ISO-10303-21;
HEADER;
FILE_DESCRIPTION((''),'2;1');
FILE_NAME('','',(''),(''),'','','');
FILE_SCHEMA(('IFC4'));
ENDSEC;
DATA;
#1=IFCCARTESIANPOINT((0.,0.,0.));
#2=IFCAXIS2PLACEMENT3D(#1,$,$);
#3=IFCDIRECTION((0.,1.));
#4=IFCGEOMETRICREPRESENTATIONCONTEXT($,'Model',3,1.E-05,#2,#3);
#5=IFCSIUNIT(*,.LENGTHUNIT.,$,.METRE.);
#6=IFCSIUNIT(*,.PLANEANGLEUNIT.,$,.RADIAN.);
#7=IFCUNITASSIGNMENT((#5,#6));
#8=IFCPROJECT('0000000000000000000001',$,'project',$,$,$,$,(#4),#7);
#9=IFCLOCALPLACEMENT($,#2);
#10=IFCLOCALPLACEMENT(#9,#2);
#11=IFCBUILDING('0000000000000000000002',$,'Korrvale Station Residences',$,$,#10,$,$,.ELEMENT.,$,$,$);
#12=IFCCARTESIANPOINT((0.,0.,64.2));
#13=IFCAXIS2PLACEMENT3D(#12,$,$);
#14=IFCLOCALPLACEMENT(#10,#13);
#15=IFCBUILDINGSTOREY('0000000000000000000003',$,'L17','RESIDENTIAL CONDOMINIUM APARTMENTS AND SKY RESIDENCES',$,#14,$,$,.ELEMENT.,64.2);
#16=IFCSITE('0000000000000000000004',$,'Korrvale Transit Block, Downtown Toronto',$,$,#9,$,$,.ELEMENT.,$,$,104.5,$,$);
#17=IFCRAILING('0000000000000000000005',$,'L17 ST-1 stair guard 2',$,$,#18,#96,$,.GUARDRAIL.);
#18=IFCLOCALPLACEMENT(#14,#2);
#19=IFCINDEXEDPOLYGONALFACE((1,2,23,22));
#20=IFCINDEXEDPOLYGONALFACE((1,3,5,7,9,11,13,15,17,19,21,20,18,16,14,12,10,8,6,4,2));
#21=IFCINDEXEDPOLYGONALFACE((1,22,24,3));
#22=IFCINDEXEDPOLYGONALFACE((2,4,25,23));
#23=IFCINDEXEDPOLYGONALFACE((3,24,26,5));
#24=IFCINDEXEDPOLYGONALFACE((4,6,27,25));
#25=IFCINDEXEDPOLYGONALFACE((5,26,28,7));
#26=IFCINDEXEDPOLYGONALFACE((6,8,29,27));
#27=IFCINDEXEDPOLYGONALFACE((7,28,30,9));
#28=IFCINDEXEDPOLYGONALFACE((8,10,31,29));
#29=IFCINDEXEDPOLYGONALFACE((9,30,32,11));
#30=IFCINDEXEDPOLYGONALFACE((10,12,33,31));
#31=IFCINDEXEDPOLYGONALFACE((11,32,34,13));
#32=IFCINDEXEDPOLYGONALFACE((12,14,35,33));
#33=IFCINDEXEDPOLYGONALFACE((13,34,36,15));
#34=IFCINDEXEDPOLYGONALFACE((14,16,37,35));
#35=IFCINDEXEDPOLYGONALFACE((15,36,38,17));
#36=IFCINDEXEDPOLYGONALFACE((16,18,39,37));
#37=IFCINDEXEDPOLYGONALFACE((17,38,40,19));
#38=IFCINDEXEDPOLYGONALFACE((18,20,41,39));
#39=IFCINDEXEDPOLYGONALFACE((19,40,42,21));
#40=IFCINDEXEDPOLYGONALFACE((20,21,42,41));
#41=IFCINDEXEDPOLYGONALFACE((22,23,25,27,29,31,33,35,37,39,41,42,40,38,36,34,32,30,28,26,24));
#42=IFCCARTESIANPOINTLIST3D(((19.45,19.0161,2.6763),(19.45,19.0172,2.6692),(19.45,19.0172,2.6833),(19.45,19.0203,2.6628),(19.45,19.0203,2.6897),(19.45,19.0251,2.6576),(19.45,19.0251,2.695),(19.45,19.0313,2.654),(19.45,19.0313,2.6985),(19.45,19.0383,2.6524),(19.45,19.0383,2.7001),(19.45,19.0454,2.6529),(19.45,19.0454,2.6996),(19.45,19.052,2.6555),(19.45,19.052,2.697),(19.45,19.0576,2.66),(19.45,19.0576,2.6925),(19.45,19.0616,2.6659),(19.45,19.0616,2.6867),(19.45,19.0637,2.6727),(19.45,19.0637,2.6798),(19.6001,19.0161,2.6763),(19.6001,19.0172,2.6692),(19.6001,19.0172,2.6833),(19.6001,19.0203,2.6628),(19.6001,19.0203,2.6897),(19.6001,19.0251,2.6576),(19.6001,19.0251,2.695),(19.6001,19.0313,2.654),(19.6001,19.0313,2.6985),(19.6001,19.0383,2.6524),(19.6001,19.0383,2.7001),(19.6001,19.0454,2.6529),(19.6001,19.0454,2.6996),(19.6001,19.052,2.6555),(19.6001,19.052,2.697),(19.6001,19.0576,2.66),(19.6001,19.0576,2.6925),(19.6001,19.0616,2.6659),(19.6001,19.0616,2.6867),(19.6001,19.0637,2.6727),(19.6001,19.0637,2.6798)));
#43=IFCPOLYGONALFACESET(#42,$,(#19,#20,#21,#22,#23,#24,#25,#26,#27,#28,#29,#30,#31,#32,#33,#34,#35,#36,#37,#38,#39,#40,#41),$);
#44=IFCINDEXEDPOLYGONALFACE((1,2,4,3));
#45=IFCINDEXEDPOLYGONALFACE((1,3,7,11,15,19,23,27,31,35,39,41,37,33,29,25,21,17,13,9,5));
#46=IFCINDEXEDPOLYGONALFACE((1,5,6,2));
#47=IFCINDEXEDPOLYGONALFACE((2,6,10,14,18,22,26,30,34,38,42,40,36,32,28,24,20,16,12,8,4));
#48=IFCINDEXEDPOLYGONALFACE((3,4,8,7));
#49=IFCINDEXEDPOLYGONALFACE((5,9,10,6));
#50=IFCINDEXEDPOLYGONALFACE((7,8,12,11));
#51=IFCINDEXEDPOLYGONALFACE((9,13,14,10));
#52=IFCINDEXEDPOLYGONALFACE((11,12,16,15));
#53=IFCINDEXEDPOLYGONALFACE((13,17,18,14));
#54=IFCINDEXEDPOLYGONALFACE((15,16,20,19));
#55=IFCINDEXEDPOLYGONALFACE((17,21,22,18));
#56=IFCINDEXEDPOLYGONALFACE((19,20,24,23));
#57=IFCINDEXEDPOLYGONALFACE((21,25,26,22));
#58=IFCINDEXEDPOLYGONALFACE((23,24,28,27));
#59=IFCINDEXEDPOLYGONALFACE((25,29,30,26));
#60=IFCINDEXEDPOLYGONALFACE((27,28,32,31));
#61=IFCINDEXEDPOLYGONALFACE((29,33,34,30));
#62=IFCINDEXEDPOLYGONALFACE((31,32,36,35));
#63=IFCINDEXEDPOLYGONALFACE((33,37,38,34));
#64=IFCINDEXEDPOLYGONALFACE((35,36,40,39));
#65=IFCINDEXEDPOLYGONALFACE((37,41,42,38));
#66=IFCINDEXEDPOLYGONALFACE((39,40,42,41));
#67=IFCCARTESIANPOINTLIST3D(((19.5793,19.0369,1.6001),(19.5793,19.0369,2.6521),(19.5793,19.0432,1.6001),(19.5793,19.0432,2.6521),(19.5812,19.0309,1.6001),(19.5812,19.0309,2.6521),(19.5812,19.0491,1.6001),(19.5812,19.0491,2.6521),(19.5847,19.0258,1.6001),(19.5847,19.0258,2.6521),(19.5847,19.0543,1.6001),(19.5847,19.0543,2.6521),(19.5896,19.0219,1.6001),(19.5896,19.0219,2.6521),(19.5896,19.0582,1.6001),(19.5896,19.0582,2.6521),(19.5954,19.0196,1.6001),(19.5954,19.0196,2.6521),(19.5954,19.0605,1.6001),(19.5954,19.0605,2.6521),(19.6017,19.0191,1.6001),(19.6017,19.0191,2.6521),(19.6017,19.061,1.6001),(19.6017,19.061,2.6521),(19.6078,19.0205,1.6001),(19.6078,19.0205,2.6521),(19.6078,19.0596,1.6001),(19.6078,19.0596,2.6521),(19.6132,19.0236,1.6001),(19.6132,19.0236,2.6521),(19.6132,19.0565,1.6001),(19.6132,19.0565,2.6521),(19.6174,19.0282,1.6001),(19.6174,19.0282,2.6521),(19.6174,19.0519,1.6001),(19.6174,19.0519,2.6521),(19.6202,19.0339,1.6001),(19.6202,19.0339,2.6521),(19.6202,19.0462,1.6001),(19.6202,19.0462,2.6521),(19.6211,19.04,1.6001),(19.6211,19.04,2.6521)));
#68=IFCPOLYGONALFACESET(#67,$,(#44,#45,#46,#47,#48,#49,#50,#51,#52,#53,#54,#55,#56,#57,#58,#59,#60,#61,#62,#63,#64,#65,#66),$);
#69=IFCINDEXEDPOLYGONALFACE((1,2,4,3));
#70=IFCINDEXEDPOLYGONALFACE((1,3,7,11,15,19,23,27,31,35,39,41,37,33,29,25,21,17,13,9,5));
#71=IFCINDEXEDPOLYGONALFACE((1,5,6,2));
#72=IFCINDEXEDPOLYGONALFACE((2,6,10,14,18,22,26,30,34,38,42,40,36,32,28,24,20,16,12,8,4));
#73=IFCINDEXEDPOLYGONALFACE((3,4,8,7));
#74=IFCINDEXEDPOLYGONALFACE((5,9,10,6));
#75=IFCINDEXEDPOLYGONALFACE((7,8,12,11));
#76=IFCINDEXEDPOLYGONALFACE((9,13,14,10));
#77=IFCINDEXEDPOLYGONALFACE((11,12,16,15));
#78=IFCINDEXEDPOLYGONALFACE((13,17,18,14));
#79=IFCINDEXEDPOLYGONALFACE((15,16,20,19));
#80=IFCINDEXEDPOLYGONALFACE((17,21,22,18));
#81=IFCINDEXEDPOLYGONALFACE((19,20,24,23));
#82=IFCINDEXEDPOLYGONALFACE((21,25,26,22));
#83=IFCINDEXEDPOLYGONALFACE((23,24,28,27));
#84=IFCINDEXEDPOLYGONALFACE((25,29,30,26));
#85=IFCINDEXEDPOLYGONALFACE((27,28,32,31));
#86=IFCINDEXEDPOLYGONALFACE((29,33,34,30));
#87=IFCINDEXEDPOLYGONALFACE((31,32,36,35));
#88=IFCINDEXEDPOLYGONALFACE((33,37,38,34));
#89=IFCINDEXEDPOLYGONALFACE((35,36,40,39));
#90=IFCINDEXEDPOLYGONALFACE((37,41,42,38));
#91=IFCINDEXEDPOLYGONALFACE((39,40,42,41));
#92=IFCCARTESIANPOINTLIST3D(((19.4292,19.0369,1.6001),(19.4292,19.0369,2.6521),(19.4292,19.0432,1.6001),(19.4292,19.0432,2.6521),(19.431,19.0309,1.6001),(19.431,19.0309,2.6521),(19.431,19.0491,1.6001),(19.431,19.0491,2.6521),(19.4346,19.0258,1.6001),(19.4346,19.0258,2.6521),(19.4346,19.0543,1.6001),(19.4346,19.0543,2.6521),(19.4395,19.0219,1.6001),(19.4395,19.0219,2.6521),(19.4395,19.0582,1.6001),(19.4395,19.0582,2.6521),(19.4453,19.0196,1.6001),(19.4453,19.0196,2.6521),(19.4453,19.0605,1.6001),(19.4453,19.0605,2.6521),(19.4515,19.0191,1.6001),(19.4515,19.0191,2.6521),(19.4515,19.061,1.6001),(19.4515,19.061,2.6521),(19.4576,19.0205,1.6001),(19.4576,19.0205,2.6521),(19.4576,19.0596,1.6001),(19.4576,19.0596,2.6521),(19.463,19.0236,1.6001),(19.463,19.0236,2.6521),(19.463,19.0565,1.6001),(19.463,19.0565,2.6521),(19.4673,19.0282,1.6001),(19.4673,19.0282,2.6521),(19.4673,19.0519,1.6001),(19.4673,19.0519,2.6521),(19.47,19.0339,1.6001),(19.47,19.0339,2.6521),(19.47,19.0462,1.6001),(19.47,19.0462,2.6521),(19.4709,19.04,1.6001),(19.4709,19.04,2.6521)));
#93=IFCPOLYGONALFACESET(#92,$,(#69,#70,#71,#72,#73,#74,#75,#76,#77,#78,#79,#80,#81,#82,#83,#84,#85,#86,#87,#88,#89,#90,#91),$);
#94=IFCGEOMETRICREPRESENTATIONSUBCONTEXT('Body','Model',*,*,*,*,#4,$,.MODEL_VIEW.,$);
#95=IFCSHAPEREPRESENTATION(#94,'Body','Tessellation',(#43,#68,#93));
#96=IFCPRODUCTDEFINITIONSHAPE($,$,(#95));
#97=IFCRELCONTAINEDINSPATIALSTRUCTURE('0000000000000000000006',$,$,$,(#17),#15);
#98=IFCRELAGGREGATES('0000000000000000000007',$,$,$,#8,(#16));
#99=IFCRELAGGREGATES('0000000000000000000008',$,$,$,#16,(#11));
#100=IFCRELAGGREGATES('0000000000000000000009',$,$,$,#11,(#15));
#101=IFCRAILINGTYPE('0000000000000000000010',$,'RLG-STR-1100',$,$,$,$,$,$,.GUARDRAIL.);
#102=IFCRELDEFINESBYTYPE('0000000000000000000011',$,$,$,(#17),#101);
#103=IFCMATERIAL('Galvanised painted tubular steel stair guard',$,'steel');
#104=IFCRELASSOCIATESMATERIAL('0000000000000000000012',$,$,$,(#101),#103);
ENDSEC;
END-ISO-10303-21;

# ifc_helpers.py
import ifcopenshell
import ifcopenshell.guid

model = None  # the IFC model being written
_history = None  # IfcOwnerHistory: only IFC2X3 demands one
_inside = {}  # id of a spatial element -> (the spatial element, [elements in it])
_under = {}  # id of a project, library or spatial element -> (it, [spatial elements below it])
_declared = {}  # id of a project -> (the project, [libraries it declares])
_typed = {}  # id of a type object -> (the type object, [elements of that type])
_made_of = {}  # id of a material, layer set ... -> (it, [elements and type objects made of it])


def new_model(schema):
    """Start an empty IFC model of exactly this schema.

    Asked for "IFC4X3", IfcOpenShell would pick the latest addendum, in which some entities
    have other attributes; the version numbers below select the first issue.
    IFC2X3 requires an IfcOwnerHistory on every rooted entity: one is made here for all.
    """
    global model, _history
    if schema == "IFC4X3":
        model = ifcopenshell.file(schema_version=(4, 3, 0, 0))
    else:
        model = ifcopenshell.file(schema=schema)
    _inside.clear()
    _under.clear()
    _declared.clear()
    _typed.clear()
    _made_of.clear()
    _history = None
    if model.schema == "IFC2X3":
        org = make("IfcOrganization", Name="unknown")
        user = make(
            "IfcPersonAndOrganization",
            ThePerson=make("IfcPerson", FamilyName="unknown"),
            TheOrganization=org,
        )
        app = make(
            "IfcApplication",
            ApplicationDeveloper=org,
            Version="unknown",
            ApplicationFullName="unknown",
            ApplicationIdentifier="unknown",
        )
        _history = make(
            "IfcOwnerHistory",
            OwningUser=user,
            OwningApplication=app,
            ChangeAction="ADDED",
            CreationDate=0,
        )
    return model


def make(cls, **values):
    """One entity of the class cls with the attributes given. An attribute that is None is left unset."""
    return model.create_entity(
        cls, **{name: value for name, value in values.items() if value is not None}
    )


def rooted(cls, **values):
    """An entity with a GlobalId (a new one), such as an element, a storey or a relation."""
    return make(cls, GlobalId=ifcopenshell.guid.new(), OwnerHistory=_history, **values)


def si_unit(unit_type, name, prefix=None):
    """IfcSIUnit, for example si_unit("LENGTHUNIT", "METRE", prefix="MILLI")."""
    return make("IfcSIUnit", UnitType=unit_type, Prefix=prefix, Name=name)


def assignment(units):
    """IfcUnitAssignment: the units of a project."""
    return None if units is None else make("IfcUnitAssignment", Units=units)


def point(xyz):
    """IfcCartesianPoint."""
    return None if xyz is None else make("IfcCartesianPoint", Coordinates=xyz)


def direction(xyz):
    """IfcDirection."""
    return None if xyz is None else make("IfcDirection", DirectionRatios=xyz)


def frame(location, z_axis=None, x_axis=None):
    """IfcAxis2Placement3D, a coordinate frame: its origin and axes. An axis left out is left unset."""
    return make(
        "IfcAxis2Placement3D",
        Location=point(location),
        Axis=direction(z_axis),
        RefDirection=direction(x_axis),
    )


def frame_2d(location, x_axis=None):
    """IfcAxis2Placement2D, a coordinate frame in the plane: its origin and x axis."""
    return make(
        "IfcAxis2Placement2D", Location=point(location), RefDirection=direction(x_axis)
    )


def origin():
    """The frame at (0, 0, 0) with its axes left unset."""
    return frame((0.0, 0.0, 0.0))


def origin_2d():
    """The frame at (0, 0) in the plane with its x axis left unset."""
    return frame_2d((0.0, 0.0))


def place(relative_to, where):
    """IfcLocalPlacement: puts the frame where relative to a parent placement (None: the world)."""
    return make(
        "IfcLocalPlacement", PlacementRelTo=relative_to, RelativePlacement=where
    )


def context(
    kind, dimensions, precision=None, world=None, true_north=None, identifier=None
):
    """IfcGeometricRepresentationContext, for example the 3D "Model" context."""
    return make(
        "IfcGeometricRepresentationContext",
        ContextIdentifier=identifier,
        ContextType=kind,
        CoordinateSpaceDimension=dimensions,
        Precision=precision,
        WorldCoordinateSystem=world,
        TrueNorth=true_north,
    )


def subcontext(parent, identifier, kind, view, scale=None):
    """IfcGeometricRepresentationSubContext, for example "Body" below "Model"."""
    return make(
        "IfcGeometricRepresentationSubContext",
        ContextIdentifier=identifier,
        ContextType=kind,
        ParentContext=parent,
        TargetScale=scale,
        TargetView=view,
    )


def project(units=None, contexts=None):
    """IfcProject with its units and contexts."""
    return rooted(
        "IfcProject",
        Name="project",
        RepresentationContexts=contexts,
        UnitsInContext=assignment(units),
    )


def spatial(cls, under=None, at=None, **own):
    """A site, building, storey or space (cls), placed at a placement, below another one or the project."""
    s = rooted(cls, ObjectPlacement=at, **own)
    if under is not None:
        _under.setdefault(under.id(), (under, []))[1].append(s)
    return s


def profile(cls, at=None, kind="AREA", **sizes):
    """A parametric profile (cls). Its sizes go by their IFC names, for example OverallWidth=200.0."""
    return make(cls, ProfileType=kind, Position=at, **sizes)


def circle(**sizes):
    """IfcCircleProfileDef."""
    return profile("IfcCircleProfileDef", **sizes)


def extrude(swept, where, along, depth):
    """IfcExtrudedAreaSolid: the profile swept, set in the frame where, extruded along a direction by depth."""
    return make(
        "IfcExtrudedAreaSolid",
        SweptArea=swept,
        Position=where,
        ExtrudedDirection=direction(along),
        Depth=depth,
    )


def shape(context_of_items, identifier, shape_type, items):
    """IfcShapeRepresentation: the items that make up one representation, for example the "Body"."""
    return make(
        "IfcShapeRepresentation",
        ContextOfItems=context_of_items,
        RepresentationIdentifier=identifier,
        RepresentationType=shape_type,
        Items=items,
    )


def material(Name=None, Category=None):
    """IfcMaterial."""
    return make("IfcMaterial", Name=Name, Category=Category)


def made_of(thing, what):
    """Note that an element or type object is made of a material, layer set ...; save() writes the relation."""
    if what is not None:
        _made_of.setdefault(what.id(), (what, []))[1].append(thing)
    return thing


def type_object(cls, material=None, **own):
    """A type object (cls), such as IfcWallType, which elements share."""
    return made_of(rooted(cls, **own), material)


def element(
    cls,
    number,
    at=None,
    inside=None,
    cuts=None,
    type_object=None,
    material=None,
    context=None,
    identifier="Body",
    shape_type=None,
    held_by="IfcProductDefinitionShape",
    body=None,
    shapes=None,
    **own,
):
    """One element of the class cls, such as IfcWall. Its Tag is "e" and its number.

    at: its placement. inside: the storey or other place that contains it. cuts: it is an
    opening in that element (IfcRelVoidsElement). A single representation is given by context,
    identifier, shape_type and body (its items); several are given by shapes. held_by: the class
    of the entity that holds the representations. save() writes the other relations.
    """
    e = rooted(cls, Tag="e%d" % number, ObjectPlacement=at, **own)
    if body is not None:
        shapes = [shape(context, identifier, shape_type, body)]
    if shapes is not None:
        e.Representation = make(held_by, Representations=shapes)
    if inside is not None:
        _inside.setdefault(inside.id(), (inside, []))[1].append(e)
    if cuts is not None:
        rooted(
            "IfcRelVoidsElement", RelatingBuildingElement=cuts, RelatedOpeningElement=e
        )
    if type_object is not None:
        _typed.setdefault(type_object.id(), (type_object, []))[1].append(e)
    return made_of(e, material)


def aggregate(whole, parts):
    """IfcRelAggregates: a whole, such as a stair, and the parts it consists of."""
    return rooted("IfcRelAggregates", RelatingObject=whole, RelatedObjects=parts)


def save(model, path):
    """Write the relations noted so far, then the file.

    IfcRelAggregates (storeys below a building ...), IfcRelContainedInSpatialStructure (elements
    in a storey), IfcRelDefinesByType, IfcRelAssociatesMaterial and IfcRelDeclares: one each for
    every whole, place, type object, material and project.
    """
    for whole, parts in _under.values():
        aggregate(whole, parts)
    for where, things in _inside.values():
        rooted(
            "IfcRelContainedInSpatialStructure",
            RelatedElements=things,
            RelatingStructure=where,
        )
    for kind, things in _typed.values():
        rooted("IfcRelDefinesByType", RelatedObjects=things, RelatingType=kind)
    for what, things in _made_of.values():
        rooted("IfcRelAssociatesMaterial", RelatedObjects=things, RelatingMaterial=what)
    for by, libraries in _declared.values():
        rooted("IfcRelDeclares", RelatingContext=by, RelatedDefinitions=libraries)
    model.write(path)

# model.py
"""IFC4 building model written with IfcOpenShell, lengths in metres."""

from ifc_helpers import new_model, si_unit, direction, frame, origin, origin_2d, place, context, subcontext, project, spatial, circle, extrude, material, type_object, element, save


model = new_model("IFC4")

# Units and contexts
model_context = context("Model", 3, precision=1e-05, world=origin(), true_north=direction((0.0, 1.0)))
body_context = subcontext(model_context, "Body", "Model", "MODEL_VIEW")
ifc_project = project(units=[si_unit("LENGTHUNIT", "METRE"), si_unit("PLANEANGLEUNIT", "RADIAN")], contexts=[model_context])

# Site, building, storey
site_placement = place(None, origin())
site = spatial("IfcSite", under=ifc_project, at=site_placement, Name="Korrvale Transit Block, Downtown Toronto", CompositionType="ELEMENT", RefElevation=104.5)
building_placement = place(site_placement, origin())
building = spatial("IfcBuilding", under=site, at=building_placement, Name="Korrvale Station Residences", CompositionType="ELEMENT")
storey_placement = place(building_placement, frame((0.0, 0.0, 64.2)))
storey = spatial("IfcBuildingStorey", under=building, at=storey_placement, Name="L17", Description="RESIDENTIAL CONDOMINIUM APARTMENTS AND SKY RESIDENCES", CompositionType="ELEMENT", Elevation=64.2)

# Railing
ifc_material_1 = material(Name="Galvanised painted tubular steel stair guard", Category="steel")
railing_type_1 = type_object("IfcRailingType", Name="RLG-STR-1100", PredefinedType="GUARDRAIL", material=ifc_material_1)
railing_1_placement = place(storey_placement, frame((19.6001, 19.04, 1.6001)))
element("IfcRailing", 1, at=railing_1_placement, inside=storey, type_object=railing_type_1, Name="L17 ST-1 stair guard 2", PredefinedType="GUARDRAIL", context=body_context, shape_type="SweptSolid", body=[
    extrude(circle(Radius=0.0239, at=origin_2d()), frame((0.0, 0.0, 1.0762), z_axis=(-1.0, 0.0, 0.0), x_axis=(0.0, -1.0, 0.0)), (0.0, 0.0, 1.0), 0.1501),
    extrude(circle(Radius=0.021, at=origin_2d()), origin(), (0.0, 0.0, 1.0), 1.052),
    extrude(circle(Radius=0.021, at=origin_2d()), frame((-0.1501, 0.0, 0.0)), (0.0, 0.0, 1.0), 1.052),
])

save(model, "model.ifc")
